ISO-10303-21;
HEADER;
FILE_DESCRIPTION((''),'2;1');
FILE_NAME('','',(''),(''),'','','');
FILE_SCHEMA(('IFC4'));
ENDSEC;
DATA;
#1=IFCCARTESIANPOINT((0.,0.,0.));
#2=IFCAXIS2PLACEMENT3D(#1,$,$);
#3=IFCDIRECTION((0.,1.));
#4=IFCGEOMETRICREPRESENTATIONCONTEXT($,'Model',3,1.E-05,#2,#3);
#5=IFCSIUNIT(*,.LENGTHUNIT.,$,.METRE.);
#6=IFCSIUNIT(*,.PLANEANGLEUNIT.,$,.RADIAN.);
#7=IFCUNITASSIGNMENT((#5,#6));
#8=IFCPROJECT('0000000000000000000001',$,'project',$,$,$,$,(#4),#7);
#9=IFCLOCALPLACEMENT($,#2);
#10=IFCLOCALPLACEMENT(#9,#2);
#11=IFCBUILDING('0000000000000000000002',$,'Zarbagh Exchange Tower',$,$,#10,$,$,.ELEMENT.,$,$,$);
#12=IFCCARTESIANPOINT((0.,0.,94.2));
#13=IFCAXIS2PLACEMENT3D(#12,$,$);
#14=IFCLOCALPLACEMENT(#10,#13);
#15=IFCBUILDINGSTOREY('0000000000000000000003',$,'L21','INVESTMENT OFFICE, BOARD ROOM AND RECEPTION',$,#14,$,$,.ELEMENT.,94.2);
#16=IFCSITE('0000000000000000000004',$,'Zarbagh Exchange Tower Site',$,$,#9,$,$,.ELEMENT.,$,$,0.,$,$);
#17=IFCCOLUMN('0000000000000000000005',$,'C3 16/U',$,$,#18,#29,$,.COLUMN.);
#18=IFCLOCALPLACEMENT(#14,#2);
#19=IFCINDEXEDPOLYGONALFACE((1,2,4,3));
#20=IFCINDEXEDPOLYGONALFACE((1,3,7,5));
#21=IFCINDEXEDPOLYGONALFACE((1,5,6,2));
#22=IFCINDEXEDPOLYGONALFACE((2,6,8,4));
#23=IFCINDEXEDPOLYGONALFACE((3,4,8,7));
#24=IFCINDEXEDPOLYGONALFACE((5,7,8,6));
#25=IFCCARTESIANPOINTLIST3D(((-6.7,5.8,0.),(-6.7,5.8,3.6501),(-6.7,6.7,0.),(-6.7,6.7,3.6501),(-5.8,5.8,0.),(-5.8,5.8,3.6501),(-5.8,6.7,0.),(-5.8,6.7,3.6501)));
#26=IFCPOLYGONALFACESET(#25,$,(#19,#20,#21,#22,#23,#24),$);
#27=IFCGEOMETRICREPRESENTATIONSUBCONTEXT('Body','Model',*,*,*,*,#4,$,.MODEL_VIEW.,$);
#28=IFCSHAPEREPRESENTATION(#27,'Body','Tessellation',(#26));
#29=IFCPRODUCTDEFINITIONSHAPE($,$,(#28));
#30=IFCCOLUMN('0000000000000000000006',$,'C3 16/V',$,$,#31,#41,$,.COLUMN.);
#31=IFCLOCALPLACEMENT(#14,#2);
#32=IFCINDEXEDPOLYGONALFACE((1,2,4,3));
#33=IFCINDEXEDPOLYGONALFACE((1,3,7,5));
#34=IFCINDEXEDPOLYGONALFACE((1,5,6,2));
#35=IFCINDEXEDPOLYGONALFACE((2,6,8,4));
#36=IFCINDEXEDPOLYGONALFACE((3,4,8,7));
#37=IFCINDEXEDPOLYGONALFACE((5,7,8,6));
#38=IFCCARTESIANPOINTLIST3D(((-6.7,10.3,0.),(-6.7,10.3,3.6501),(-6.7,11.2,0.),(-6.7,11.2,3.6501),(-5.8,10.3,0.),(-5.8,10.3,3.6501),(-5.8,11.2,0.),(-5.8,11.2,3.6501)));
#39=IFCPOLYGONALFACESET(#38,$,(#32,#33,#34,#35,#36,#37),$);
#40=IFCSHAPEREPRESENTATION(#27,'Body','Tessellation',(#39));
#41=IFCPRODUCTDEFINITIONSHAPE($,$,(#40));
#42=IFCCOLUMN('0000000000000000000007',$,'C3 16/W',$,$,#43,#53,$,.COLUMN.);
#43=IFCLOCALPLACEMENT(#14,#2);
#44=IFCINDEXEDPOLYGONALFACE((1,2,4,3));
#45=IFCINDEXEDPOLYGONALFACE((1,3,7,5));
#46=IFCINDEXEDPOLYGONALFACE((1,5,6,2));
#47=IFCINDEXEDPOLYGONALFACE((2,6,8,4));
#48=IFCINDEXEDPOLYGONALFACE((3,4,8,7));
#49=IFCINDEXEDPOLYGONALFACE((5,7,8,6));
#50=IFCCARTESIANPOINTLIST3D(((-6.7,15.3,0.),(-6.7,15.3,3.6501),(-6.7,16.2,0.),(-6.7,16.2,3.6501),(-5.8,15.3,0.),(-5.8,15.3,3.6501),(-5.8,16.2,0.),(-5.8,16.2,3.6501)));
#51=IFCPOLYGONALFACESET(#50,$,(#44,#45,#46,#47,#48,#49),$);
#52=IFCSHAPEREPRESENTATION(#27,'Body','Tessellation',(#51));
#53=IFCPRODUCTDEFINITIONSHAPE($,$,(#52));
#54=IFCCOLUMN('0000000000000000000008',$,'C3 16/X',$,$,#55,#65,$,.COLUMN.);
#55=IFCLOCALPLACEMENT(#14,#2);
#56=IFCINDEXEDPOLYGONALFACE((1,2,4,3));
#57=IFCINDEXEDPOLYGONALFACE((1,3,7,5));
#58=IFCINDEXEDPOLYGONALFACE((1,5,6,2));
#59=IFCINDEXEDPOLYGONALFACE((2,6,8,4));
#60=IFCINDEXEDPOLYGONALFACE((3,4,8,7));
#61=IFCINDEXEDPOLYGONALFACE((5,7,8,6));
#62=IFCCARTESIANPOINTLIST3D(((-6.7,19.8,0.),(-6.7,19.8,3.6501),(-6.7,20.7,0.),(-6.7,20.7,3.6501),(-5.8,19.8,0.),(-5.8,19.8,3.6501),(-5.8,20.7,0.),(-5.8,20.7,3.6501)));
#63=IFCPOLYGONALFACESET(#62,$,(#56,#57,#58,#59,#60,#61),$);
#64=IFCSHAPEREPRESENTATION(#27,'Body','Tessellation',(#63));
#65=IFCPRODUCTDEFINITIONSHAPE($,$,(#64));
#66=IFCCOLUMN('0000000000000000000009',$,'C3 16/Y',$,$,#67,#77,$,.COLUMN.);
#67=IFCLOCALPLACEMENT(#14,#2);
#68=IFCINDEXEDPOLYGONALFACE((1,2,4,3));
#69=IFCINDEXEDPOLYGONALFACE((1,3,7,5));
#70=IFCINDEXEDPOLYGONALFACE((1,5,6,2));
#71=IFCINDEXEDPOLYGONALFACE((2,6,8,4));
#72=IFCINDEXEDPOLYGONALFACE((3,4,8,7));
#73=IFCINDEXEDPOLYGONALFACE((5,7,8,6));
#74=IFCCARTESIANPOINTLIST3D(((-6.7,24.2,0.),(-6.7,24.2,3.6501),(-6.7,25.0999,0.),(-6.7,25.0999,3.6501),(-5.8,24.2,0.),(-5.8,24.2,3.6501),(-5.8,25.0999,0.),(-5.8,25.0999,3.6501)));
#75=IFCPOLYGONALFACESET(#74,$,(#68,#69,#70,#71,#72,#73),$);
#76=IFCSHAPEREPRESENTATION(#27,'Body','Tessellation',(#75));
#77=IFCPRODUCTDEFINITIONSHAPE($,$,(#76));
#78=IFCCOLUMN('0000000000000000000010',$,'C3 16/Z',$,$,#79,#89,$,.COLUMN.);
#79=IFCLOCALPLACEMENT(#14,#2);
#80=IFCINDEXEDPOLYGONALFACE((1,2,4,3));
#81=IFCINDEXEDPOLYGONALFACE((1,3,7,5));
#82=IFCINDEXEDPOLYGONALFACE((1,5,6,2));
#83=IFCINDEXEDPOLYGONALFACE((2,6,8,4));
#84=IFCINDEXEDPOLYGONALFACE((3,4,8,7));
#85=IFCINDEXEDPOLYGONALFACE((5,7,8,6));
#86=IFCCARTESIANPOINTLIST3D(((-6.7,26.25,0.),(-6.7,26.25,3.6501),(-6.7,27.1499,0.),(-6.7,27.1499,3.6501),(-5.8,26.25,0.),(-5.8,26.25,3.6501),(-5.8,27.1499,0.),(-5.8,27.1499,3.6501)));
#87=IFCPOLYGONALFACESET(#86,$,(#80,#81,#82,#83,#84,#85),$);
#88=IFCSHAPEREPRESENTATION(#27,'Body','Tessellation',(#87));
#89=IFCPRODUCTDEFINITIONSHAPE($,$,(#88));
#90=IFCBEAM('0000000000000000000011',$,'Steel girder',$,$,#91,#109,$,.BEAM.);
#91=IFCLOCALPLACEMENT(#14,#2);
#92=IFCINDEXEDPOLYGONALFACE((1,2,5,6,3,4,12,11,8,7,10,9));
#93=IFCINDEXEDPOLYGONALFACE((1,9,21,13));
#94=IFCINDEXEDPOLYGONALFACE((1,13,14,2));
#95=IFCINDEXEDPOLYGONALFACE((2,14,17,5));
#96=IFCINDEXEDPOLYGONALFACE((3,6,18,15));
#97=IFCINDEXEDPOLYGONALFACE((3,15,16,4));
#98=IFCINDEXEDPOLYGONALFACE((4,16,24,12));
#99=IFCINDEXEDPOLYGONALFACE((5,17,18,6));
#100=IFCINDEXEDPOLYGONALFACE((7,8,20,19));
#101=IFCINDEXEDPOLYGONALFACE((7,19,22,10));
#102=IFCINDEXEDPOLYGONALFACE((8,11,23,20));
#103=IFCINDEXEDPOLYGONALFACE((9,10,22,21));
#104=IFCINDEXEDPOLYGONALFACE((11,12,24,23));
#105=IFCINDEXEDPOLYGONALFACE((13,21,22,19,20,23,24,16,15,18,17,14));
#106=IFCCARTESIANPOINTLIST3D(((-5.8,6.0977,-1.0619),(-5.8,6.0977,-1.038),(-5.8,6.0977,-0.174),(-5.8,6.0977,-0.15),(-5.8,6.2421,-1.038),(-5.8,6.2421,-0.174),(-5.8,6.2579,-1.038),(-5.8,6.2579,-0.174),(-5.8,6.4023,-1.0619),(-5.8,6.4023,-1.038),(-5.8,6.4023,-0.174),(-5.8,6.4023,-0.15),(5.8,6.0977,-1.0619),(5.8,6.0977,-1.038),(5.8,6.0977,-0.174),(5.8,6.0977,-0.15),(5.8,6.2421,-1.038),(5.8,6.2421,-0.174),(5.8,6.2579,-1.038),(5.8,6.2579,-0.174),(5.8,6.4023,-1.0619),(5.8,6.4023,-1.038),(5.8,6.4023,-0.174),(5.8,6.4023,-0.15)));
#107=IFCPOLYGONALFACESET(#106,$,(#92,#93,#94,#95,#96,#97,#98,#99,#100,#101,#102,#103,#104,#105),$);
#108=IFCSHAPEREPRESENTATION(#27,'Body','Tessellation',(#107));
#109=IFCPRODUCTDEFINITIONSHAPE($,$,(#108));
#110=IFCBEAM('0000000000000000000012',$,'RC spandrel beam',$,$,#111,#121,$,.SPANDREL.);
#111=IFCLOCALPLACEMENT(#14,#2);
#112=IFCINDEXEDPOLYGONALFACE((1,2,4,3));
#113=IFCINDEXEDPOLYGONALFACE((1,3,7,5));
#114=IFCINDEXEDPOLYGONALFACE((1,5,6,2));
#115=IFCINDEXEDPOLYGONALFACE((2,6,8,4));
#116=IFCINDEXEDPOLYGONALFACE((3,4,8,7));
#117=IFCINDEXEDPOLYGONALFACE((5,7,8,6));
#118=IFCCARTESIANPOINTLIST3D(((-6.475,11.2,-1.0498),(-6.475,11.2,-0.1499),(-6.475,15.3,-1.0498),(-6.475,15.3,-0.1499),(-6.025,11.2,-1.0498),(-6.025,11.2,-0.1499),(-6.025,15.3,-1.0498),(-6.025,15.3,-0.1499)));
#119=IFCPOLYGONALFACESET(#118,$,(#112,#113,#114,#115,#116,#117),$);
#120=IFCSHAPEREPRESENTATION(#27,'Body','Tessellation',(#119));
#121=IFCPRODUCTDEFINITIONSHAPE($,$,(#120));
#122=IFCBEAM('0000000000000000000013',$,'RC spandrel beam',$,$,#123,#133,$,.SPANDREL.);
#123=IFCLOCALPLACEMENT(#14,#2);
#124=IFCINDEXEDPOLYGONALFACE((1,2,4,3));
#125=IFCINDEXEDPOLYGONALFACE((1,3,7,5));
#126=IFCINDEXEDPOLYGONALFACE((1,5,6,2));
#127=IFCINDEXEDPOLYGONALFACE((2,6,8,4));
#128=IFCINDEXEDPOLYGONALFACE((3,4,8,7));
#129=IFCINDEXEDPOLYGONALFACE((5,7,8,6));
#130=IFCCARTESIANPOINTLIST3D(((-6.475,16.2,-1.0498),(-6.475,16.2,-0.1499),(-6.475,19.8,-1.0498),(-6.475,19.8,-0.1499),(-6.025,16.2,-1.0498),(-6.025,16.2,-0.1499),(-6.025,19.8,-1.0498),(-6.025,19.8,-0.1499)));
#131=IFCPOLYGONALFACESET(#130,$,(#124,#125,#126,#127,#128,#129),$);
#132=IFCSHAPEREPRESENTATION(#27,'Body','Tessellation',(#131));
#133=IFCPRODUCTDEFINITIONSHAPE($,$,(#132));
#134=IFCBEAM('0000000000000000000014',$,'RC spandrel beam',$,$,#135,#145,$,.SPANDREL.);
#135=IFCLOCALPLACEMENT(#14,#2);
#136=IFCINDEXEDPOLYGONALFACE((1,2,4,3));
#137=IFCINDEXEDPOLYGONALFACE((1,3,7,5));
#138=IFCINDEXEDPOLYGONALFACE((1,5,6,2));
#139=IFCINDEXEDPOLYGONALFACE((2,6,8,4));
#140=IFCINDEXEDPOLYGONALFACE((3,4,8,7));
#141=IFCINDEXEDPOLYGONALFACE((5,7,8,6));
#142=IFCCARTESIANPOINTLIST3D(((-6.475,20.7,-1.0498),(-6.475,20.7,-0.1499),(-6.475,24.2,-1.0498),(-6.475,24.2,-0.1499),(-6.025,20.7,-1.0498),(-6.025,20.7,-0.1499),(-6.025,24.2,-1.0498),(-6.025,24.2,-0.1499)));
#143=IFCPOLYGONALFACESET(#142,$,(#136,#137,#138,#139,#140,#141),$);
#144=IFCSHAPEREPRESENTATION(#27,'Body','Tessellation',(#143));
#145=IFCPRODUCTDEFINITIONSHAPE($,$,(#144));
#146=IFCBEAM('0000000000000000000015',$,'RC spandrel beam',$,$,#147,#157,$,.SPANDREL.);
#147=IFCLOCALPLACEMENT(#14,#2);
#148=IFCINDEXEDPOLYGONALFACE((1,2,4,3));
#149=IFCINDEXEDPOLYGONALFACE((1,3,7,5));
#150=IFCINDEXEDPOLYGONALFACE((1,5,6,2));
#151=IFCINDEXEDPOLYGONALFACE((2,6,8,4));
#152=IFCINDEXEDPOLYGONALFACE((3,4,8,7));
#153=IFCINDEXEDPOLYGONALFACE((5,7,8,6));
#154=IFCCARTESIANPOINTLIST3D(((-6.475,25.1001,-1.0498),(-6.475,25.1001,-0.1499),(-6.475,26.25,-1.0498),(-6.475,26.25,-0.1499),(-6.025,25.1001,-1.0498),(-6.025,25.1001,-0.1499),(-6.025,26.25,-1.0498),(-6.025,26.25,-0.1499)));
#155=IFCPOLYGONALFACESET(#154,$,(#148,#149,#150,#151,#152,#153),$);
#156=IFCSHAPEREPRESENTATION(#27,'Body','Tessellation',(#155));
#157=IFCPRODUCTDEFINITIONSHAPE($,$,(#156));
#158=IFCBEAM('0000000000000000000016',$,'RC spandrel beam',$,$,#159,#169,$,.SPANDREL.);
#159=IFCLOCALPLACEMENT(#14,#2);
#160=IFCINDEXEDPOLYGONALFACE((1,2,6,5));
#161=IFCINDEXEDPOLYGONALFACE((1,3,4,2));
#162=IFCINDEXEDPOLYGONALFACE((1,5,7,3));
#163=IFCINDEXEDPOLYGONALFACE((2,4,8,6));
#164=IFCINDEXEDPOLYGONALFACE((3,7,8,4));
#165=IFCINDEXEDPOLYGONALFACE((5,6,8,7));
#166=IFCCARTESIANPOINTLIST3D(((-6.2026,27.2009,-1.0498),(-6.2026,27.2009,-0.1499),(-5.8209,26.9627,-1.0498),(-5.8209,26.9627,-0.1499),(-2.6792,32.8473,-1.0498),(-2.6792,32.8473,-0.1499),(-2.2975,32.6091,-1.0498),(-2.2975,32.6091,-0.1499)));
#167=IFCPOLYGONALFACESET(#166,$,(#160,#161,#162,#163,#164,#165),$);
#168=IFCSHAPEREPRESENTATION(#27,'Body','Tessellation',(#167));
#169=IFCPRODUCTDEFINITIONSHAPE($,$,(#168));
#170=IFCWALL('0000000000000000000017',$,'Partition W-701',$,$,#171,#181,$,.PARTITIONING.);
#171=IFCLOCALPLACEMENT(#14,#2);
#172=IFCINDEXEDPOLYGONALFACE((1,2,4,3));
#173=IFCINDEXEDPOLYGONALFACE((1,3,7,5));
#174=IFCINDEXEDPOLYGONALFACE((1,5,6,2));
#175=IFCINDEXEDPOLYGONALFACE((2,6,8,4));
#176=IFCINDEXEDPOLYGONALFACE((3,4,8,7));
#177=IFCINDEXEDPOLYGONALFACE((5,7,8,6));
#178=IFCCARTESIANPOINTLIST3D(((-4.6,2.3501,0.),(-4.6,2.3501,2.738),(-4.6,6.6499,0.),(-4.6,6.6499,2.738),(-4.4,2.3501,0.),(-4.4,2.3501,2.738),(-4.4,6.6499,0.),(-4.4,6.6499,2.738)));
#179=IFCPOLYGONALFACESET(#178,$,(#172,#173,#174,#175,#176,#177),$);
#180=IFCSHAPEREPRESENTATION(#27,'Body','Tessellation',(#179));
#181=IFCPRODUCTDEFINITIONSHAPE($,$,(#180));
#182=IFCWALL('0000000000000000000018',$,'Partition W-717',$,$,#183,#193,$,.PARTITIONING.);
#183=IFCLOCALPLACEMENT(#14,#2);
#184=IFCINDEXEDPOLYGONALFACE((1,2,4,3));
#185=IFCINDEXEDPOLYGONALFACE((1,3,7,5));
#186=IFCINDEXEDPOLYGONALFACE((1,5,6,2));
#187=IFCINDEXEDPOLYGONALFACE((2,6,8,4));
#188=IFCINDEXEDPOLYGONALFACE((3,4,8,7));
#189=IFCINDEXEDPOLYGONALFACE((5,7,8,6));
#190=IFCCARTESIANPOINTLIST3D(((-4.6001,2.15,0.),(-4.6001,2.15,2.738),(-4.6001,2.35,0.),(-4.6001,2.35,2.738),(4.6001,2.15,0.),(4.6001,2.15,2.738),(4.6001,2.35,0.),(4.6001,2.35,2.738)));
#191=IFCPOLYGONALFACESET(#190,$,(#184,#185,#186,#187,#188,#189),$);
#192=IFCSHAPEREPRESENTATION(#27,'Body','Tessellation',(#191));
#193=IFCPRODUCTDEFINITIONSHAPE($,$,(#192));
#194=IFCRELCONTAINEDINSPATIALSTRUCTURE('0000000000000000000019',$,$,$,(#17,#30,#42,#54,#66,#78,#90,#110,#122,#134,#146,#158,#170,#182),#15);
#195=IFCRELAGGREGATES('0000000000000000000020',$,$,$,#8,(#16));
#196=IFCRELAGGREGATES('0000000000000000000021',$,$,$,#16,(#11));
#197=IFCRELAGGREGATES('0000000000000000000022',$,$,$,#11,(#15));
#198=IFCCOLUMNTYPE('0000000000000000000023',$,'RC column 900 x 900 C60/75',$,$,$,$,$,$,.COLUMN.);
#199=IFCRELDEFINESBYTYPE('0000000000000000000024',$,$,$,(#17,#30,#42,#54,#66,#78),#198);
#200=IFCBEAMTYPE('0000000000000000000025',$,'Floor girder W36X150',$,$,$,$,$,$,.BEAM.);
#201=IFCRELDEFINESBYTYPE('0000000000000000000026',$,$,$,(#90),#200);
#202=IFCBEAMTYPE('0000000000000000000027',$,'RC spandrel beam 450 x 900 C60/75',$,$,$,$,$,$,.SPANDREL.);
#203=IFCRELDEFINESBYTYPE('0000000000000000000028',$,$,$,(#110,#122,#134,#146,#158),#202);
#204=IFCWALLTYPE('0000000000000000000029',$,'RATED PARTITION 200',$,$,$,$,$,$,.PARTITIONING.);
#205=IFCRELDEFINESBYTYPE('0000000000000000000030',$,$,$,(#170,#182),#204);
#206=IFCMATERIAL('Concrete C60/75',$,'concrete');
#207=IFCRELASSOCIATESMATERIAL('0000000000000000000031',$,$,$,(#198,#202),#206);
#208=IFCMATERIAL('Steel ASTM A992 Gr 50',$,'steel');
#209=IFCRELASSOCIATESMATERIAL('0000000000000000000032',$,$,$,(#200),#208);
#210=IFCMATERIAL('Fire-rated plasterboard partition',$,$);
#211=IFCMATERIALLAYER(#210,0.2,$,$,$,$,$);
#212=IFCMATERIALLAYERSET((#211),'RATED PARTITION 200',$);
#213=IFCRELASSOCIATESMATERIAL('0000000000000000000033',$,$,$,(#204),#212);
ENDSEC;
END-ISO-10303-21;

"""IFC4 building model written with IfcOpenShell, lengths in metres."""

from ifc_helpers import new_model, si_unit, direction, frame, frame_2d, origin, origin_2d, place, context, subcontext, project, spatial, rectangle, i_section, extrude, material, layer, layer_set, material_profile, profile_set, type_object, element, save


model = new_model("IFC4")

# Units and contexts
model_context = context("Model", 3, precision=1e-05, world=origin(), true_north=direction((0.0, 1.0)))
body_context = subcontext(model_context, "Body", "Model", "MODEL_VIEW")
ifc_project = project(units=[si_unit("LENGTHUNIT", "METRE"), si_unit("PLANEANGLEUNIT", "RADIAN")], contexts=[model_context])

# Site, building, storey
site_placement = place(None, origin())
site = spatial("IfcSite", under=ifc_project, at=site_placement, Name="Zarbagh Exchange Tower Site", CompositionType="ELEMENT", RefElevation=0.0)
building_placement = place(site_placement, origin())
building = spatial("IfcBuilding", under=site, at=building_placement, Name="Zarbagh Exchange Tower", CompositionType="ELEMENT")
storey_placement = place(building_placement, frame((0.0, 0.0, 94.2)))
storey = spatial("IfcBuildingStorey", under=building, at=storey_placement, Name="L21", Description="INVESTMENT OFFICE, BOARD ROOM AND RECEPTION", CompositionType="ELEMENT", Elevation=94.2)

# Columns
ifc_material_1 = material(Name="Concrete C60/75", Category="concrete")
ifc_material_profile_1 = material_profile(ifc_material_1, rectangle(XDim=0.8999, YDim=0.8999, at=origin_2d()), Name="RC column 900 x 900 C60/75")
ifc_profile_set_1 = profile_set([ifc_material_profile_1], Name="Concrete C60/75")
column_type = type_object("IfcColumnType", Name="RC column 900 x 900 C60/75", PredefinedType="COLUMN", material=ifc_profile_set_1)
for number, where, z_axis, x_axis, name in (
    (1, (-6.25, 6.25, 0.0), (0.0, 0.0, 1.0), (1.0, 0.0, 0.0), "C3 16/U"),
    (2, (-6.25, 10.75, 0.0), (0.0, 0.0, 1.0), (1.0, 0.0, 0.0), "C3 16/V"),
    (3, (-6.25, 15.75, 0.0), (0.0, 0.0, 1.0), (1.0, 0.0, 0.0), "C3 16/W"),
    (4, (-6.25, 20.25, 0.0), (0.0, 0.0, 1.0), (1.0, 0.0, 0.0), "C3 16/X"),
    (5, (-6.25, 24.6499, 0.0), (0.0, 0.0, 1.0), (1.0, 0.0, 0.0), "C3 16/Y"),
    (6, (-6.25, 26.7, 0.0), (0.0, 0.0, 1.0), (1.0, 0.0, 0.0), "C3 16/Z"),
):
    element("IfcColumn", number, at=place(storey_placement, frame(where, z_axis=z_axis, x_axis=x_axis)), inside=storey, type_object=column_type, Name=name, PredefinedType="COLUMN", context=body_context, shape_type="SweptSolid", body=[
        extrude(rectangle(XDim=0.8999, YDim=0.8999, at=origin_2d()), origin(), (0.0, 0.0, 1.0), 3.6501),
    ])

# Beams
ifc_material_2 = material(Name="Steel ASTM A992 Gr 50", Category="steel")
ifc_material_profile_2 = material_profile(ifc_material_2, i_section(OverallWidth=0.3047, OverallDepth=0.9119, WebThickness=0.0159, FlangeThickness=0.0239, at=origin_2d()), Name="W36X150")
ifc_profile_set_2 = profile_set([ifc_material_profile_2], Name="Steel ASTM A992 Gr 50")
beam_type_1 = type_object("IfcBeamType", Name="Floor girder W36X150", PredefinedType="BEAM", material=ifc_profile_set_2)
beam_1_placement = place(storey_placement, frame((-5.8, 6.25, -0.606), z_axis=(1.0, 0.0, 0.0), x_axis=(0.0, 1.0, 0.0)))
element("IfcBeam", 7, at=beam_1_placement, inside=storey, type_object=beam_type_1, Name="Steel girder", PredefinedType="BEAM", context=body_context, shape_type="SweptSolid", body=[
    extrude(i_section(OverallWidth=0.3047, OverallDepth=0.9119, WebThickness=0.0159, FlangeThickness=0.0239, at=origin_2d()), origin(), (0.0, 0.0, 1.0), 11.6001),
])
ifc_material_profile_3 = material_profile(ifc_material_1, rectangle(XDim=0.45, YDim=0.8999, at=origin_2d()), Name="RC spandrel beam 450 x 900 C60/75")
ifc_profile_set_3 = profile_set([ifc_material_profile_3], Name="Concrete C60/75")
beam_type_2 = type_object("IfcBeamType", Name="RC spandrel beam 450 x 900 C60/75", PredefinedType="SPANDREL", material=ifc_profile_set_3)
beam_2_placement = place(storey_placement, frame((-6.25, 11.2, -0.5999), z_axis=(0.0, 1.0, 0.0), x_axis=(-1.0, 0.0, 0.0)))
element("IfcBeam", 8, at=beam_2_placement, inside=storey, type_object=beam_type_2, Name="RC spandrel beam", PredefinedType="SPANDREL", context=body_context, shape_type="SweptSolid", body=[
    extrude(rectangle(XDim=0.45, YDim=0.8999, at=origin_2d()), origin(), (0.0, 0.0, 1.0), 4.1001),
])
beam_3_placement = place(storey_placement, frame((-6.25, 16.2, -0.5999), z_axis=(0.0, 1.0, 0.0), x_axis=(-1.0, 0.0, 0.0)))
element("IfcBeam", 9, at=beam_3_placement, inside=storey, type_object=beam_type_2, Name="RC spandrel beam", PredefinedType="SPANDREL", context=body_context, shape_type="SweptSolid", body=[
    extrude(rectangle(XDim=0.45, YDim=0.8999, at=origin_2d()), origin(), (0.0, 0.0, 1.0), 3.6001),
])
beam_4_placement = place(storey_placement, frame((-6.25, 20.7, -0.5999), z_axis=(0.0, 1.0, 0.0), x_axis=(-1.0, 0.0, 0.0)))
element("IfcBeam", 10, at=beam_4_placement, inside=storey, type_object=beam_type_2, Name="RC spandrel beam", PredefinedType="SPANDREL", context=body_context, shape_type="SweptSolid", body=[
    extrude(rectangle(XDim=0.45, YDim=0.8999, at=origin_2d()), origin(), (0.0, 0.0, 1.0), 3.5),
])
beam_5_placement = place(storey_placement, frame((-6.25, 25.1001, -0.5999), z_axis=(0.0, 1.0, 0.0), x_axis=(-1.0, 0.0, 0.0)))
element("IfcBeam", 11, at=beam_5_placement, inside=storey, type_object=beam_type_2, Name="RC spandrel beam", PredefinedType="SPANDREL", context=body_context, shape_type="SweptSolid", body=[
    extrude(rectangle(XDim=0.45, YDim=0.8999, at=origin_2d()), origin(), (0.0, 0.0, 1.0), 1.1499),
])
beam_6_placement = place(storey_placement, frame((-6.0117, 27.0818, -0.5999), z_axis=(0.529392, 0.848377, 0.0), x_axis=(-0.848377, 0.529392, 0.0)))
element("IfcBeam", 12, at=beam_6_placement, inside=storey, type_object=beam_type_2, Name="RC spandrel beam", PredefinedType="SPANDREL", context=body_context, shape_type="SweptSolid", body=[
    extrude(rectangle(XDim=0.45, YDim=0.8999, at=origin_2d()), origin(), (0.0, 0.0, 1.0), 6.6555),
])

# Walls
ifc_material_3 = material(Name="Fire-rated plasterboard partition")
ifc_layer_1 = layer(ifc_material_3, 0.2)
ifc_layer_set_1 = layer_set([ifc_layer_1], Name="RATED PARTITION 200")
wall_type_1 = type_object("IfcWallType", Name="RATED PARTITION 200", PredefinedType="PARTITIONING", material=ifc_layer_set_1)
wall_1_placement = place(storey_placement, frame((-4.5, 2.3501, 0.0), z_axis=(0.0, 0.0, 1.0), x_axis=(0.0, 1.0, 0.0)))
element("IfcWall", 13, at=wall_1_placement, inside=storey, type_object=wall_type_1, Name="Partition W-701", PredefinedType="PARTITIONING", context=body_context, shape_type="SweptSolid", body=[
    extrude(rectangle(XDim=4.2998, YDim=0.2, at=frame_2d((2.1499, 0.0))), origin(), (0.0, 0.0, 1.0), 2.738),
])
wall_2_placement = place(storey_placement, frame((-4.6001, 2.25, 0.0), z_axis=(0.0, 0.0, 1.0), x_axis=(1.0, 0.0, 0.0)))
element("IfcWall", 14, at=wall_2_placement, inside=storey, type_object=wall_type_1, Name="Partition W-717", PredefinedType="PARTITIONING", context=body_context, shape_type="SweptSolid", body=[
    extrude(rectangle(XDim=9.2002, YDim=0.2, at=frame_2d((4.6001, 0.0))), origin(), (0.0, 0.0, 1.0), 2.738),
])

save(model, "model.ifc")
